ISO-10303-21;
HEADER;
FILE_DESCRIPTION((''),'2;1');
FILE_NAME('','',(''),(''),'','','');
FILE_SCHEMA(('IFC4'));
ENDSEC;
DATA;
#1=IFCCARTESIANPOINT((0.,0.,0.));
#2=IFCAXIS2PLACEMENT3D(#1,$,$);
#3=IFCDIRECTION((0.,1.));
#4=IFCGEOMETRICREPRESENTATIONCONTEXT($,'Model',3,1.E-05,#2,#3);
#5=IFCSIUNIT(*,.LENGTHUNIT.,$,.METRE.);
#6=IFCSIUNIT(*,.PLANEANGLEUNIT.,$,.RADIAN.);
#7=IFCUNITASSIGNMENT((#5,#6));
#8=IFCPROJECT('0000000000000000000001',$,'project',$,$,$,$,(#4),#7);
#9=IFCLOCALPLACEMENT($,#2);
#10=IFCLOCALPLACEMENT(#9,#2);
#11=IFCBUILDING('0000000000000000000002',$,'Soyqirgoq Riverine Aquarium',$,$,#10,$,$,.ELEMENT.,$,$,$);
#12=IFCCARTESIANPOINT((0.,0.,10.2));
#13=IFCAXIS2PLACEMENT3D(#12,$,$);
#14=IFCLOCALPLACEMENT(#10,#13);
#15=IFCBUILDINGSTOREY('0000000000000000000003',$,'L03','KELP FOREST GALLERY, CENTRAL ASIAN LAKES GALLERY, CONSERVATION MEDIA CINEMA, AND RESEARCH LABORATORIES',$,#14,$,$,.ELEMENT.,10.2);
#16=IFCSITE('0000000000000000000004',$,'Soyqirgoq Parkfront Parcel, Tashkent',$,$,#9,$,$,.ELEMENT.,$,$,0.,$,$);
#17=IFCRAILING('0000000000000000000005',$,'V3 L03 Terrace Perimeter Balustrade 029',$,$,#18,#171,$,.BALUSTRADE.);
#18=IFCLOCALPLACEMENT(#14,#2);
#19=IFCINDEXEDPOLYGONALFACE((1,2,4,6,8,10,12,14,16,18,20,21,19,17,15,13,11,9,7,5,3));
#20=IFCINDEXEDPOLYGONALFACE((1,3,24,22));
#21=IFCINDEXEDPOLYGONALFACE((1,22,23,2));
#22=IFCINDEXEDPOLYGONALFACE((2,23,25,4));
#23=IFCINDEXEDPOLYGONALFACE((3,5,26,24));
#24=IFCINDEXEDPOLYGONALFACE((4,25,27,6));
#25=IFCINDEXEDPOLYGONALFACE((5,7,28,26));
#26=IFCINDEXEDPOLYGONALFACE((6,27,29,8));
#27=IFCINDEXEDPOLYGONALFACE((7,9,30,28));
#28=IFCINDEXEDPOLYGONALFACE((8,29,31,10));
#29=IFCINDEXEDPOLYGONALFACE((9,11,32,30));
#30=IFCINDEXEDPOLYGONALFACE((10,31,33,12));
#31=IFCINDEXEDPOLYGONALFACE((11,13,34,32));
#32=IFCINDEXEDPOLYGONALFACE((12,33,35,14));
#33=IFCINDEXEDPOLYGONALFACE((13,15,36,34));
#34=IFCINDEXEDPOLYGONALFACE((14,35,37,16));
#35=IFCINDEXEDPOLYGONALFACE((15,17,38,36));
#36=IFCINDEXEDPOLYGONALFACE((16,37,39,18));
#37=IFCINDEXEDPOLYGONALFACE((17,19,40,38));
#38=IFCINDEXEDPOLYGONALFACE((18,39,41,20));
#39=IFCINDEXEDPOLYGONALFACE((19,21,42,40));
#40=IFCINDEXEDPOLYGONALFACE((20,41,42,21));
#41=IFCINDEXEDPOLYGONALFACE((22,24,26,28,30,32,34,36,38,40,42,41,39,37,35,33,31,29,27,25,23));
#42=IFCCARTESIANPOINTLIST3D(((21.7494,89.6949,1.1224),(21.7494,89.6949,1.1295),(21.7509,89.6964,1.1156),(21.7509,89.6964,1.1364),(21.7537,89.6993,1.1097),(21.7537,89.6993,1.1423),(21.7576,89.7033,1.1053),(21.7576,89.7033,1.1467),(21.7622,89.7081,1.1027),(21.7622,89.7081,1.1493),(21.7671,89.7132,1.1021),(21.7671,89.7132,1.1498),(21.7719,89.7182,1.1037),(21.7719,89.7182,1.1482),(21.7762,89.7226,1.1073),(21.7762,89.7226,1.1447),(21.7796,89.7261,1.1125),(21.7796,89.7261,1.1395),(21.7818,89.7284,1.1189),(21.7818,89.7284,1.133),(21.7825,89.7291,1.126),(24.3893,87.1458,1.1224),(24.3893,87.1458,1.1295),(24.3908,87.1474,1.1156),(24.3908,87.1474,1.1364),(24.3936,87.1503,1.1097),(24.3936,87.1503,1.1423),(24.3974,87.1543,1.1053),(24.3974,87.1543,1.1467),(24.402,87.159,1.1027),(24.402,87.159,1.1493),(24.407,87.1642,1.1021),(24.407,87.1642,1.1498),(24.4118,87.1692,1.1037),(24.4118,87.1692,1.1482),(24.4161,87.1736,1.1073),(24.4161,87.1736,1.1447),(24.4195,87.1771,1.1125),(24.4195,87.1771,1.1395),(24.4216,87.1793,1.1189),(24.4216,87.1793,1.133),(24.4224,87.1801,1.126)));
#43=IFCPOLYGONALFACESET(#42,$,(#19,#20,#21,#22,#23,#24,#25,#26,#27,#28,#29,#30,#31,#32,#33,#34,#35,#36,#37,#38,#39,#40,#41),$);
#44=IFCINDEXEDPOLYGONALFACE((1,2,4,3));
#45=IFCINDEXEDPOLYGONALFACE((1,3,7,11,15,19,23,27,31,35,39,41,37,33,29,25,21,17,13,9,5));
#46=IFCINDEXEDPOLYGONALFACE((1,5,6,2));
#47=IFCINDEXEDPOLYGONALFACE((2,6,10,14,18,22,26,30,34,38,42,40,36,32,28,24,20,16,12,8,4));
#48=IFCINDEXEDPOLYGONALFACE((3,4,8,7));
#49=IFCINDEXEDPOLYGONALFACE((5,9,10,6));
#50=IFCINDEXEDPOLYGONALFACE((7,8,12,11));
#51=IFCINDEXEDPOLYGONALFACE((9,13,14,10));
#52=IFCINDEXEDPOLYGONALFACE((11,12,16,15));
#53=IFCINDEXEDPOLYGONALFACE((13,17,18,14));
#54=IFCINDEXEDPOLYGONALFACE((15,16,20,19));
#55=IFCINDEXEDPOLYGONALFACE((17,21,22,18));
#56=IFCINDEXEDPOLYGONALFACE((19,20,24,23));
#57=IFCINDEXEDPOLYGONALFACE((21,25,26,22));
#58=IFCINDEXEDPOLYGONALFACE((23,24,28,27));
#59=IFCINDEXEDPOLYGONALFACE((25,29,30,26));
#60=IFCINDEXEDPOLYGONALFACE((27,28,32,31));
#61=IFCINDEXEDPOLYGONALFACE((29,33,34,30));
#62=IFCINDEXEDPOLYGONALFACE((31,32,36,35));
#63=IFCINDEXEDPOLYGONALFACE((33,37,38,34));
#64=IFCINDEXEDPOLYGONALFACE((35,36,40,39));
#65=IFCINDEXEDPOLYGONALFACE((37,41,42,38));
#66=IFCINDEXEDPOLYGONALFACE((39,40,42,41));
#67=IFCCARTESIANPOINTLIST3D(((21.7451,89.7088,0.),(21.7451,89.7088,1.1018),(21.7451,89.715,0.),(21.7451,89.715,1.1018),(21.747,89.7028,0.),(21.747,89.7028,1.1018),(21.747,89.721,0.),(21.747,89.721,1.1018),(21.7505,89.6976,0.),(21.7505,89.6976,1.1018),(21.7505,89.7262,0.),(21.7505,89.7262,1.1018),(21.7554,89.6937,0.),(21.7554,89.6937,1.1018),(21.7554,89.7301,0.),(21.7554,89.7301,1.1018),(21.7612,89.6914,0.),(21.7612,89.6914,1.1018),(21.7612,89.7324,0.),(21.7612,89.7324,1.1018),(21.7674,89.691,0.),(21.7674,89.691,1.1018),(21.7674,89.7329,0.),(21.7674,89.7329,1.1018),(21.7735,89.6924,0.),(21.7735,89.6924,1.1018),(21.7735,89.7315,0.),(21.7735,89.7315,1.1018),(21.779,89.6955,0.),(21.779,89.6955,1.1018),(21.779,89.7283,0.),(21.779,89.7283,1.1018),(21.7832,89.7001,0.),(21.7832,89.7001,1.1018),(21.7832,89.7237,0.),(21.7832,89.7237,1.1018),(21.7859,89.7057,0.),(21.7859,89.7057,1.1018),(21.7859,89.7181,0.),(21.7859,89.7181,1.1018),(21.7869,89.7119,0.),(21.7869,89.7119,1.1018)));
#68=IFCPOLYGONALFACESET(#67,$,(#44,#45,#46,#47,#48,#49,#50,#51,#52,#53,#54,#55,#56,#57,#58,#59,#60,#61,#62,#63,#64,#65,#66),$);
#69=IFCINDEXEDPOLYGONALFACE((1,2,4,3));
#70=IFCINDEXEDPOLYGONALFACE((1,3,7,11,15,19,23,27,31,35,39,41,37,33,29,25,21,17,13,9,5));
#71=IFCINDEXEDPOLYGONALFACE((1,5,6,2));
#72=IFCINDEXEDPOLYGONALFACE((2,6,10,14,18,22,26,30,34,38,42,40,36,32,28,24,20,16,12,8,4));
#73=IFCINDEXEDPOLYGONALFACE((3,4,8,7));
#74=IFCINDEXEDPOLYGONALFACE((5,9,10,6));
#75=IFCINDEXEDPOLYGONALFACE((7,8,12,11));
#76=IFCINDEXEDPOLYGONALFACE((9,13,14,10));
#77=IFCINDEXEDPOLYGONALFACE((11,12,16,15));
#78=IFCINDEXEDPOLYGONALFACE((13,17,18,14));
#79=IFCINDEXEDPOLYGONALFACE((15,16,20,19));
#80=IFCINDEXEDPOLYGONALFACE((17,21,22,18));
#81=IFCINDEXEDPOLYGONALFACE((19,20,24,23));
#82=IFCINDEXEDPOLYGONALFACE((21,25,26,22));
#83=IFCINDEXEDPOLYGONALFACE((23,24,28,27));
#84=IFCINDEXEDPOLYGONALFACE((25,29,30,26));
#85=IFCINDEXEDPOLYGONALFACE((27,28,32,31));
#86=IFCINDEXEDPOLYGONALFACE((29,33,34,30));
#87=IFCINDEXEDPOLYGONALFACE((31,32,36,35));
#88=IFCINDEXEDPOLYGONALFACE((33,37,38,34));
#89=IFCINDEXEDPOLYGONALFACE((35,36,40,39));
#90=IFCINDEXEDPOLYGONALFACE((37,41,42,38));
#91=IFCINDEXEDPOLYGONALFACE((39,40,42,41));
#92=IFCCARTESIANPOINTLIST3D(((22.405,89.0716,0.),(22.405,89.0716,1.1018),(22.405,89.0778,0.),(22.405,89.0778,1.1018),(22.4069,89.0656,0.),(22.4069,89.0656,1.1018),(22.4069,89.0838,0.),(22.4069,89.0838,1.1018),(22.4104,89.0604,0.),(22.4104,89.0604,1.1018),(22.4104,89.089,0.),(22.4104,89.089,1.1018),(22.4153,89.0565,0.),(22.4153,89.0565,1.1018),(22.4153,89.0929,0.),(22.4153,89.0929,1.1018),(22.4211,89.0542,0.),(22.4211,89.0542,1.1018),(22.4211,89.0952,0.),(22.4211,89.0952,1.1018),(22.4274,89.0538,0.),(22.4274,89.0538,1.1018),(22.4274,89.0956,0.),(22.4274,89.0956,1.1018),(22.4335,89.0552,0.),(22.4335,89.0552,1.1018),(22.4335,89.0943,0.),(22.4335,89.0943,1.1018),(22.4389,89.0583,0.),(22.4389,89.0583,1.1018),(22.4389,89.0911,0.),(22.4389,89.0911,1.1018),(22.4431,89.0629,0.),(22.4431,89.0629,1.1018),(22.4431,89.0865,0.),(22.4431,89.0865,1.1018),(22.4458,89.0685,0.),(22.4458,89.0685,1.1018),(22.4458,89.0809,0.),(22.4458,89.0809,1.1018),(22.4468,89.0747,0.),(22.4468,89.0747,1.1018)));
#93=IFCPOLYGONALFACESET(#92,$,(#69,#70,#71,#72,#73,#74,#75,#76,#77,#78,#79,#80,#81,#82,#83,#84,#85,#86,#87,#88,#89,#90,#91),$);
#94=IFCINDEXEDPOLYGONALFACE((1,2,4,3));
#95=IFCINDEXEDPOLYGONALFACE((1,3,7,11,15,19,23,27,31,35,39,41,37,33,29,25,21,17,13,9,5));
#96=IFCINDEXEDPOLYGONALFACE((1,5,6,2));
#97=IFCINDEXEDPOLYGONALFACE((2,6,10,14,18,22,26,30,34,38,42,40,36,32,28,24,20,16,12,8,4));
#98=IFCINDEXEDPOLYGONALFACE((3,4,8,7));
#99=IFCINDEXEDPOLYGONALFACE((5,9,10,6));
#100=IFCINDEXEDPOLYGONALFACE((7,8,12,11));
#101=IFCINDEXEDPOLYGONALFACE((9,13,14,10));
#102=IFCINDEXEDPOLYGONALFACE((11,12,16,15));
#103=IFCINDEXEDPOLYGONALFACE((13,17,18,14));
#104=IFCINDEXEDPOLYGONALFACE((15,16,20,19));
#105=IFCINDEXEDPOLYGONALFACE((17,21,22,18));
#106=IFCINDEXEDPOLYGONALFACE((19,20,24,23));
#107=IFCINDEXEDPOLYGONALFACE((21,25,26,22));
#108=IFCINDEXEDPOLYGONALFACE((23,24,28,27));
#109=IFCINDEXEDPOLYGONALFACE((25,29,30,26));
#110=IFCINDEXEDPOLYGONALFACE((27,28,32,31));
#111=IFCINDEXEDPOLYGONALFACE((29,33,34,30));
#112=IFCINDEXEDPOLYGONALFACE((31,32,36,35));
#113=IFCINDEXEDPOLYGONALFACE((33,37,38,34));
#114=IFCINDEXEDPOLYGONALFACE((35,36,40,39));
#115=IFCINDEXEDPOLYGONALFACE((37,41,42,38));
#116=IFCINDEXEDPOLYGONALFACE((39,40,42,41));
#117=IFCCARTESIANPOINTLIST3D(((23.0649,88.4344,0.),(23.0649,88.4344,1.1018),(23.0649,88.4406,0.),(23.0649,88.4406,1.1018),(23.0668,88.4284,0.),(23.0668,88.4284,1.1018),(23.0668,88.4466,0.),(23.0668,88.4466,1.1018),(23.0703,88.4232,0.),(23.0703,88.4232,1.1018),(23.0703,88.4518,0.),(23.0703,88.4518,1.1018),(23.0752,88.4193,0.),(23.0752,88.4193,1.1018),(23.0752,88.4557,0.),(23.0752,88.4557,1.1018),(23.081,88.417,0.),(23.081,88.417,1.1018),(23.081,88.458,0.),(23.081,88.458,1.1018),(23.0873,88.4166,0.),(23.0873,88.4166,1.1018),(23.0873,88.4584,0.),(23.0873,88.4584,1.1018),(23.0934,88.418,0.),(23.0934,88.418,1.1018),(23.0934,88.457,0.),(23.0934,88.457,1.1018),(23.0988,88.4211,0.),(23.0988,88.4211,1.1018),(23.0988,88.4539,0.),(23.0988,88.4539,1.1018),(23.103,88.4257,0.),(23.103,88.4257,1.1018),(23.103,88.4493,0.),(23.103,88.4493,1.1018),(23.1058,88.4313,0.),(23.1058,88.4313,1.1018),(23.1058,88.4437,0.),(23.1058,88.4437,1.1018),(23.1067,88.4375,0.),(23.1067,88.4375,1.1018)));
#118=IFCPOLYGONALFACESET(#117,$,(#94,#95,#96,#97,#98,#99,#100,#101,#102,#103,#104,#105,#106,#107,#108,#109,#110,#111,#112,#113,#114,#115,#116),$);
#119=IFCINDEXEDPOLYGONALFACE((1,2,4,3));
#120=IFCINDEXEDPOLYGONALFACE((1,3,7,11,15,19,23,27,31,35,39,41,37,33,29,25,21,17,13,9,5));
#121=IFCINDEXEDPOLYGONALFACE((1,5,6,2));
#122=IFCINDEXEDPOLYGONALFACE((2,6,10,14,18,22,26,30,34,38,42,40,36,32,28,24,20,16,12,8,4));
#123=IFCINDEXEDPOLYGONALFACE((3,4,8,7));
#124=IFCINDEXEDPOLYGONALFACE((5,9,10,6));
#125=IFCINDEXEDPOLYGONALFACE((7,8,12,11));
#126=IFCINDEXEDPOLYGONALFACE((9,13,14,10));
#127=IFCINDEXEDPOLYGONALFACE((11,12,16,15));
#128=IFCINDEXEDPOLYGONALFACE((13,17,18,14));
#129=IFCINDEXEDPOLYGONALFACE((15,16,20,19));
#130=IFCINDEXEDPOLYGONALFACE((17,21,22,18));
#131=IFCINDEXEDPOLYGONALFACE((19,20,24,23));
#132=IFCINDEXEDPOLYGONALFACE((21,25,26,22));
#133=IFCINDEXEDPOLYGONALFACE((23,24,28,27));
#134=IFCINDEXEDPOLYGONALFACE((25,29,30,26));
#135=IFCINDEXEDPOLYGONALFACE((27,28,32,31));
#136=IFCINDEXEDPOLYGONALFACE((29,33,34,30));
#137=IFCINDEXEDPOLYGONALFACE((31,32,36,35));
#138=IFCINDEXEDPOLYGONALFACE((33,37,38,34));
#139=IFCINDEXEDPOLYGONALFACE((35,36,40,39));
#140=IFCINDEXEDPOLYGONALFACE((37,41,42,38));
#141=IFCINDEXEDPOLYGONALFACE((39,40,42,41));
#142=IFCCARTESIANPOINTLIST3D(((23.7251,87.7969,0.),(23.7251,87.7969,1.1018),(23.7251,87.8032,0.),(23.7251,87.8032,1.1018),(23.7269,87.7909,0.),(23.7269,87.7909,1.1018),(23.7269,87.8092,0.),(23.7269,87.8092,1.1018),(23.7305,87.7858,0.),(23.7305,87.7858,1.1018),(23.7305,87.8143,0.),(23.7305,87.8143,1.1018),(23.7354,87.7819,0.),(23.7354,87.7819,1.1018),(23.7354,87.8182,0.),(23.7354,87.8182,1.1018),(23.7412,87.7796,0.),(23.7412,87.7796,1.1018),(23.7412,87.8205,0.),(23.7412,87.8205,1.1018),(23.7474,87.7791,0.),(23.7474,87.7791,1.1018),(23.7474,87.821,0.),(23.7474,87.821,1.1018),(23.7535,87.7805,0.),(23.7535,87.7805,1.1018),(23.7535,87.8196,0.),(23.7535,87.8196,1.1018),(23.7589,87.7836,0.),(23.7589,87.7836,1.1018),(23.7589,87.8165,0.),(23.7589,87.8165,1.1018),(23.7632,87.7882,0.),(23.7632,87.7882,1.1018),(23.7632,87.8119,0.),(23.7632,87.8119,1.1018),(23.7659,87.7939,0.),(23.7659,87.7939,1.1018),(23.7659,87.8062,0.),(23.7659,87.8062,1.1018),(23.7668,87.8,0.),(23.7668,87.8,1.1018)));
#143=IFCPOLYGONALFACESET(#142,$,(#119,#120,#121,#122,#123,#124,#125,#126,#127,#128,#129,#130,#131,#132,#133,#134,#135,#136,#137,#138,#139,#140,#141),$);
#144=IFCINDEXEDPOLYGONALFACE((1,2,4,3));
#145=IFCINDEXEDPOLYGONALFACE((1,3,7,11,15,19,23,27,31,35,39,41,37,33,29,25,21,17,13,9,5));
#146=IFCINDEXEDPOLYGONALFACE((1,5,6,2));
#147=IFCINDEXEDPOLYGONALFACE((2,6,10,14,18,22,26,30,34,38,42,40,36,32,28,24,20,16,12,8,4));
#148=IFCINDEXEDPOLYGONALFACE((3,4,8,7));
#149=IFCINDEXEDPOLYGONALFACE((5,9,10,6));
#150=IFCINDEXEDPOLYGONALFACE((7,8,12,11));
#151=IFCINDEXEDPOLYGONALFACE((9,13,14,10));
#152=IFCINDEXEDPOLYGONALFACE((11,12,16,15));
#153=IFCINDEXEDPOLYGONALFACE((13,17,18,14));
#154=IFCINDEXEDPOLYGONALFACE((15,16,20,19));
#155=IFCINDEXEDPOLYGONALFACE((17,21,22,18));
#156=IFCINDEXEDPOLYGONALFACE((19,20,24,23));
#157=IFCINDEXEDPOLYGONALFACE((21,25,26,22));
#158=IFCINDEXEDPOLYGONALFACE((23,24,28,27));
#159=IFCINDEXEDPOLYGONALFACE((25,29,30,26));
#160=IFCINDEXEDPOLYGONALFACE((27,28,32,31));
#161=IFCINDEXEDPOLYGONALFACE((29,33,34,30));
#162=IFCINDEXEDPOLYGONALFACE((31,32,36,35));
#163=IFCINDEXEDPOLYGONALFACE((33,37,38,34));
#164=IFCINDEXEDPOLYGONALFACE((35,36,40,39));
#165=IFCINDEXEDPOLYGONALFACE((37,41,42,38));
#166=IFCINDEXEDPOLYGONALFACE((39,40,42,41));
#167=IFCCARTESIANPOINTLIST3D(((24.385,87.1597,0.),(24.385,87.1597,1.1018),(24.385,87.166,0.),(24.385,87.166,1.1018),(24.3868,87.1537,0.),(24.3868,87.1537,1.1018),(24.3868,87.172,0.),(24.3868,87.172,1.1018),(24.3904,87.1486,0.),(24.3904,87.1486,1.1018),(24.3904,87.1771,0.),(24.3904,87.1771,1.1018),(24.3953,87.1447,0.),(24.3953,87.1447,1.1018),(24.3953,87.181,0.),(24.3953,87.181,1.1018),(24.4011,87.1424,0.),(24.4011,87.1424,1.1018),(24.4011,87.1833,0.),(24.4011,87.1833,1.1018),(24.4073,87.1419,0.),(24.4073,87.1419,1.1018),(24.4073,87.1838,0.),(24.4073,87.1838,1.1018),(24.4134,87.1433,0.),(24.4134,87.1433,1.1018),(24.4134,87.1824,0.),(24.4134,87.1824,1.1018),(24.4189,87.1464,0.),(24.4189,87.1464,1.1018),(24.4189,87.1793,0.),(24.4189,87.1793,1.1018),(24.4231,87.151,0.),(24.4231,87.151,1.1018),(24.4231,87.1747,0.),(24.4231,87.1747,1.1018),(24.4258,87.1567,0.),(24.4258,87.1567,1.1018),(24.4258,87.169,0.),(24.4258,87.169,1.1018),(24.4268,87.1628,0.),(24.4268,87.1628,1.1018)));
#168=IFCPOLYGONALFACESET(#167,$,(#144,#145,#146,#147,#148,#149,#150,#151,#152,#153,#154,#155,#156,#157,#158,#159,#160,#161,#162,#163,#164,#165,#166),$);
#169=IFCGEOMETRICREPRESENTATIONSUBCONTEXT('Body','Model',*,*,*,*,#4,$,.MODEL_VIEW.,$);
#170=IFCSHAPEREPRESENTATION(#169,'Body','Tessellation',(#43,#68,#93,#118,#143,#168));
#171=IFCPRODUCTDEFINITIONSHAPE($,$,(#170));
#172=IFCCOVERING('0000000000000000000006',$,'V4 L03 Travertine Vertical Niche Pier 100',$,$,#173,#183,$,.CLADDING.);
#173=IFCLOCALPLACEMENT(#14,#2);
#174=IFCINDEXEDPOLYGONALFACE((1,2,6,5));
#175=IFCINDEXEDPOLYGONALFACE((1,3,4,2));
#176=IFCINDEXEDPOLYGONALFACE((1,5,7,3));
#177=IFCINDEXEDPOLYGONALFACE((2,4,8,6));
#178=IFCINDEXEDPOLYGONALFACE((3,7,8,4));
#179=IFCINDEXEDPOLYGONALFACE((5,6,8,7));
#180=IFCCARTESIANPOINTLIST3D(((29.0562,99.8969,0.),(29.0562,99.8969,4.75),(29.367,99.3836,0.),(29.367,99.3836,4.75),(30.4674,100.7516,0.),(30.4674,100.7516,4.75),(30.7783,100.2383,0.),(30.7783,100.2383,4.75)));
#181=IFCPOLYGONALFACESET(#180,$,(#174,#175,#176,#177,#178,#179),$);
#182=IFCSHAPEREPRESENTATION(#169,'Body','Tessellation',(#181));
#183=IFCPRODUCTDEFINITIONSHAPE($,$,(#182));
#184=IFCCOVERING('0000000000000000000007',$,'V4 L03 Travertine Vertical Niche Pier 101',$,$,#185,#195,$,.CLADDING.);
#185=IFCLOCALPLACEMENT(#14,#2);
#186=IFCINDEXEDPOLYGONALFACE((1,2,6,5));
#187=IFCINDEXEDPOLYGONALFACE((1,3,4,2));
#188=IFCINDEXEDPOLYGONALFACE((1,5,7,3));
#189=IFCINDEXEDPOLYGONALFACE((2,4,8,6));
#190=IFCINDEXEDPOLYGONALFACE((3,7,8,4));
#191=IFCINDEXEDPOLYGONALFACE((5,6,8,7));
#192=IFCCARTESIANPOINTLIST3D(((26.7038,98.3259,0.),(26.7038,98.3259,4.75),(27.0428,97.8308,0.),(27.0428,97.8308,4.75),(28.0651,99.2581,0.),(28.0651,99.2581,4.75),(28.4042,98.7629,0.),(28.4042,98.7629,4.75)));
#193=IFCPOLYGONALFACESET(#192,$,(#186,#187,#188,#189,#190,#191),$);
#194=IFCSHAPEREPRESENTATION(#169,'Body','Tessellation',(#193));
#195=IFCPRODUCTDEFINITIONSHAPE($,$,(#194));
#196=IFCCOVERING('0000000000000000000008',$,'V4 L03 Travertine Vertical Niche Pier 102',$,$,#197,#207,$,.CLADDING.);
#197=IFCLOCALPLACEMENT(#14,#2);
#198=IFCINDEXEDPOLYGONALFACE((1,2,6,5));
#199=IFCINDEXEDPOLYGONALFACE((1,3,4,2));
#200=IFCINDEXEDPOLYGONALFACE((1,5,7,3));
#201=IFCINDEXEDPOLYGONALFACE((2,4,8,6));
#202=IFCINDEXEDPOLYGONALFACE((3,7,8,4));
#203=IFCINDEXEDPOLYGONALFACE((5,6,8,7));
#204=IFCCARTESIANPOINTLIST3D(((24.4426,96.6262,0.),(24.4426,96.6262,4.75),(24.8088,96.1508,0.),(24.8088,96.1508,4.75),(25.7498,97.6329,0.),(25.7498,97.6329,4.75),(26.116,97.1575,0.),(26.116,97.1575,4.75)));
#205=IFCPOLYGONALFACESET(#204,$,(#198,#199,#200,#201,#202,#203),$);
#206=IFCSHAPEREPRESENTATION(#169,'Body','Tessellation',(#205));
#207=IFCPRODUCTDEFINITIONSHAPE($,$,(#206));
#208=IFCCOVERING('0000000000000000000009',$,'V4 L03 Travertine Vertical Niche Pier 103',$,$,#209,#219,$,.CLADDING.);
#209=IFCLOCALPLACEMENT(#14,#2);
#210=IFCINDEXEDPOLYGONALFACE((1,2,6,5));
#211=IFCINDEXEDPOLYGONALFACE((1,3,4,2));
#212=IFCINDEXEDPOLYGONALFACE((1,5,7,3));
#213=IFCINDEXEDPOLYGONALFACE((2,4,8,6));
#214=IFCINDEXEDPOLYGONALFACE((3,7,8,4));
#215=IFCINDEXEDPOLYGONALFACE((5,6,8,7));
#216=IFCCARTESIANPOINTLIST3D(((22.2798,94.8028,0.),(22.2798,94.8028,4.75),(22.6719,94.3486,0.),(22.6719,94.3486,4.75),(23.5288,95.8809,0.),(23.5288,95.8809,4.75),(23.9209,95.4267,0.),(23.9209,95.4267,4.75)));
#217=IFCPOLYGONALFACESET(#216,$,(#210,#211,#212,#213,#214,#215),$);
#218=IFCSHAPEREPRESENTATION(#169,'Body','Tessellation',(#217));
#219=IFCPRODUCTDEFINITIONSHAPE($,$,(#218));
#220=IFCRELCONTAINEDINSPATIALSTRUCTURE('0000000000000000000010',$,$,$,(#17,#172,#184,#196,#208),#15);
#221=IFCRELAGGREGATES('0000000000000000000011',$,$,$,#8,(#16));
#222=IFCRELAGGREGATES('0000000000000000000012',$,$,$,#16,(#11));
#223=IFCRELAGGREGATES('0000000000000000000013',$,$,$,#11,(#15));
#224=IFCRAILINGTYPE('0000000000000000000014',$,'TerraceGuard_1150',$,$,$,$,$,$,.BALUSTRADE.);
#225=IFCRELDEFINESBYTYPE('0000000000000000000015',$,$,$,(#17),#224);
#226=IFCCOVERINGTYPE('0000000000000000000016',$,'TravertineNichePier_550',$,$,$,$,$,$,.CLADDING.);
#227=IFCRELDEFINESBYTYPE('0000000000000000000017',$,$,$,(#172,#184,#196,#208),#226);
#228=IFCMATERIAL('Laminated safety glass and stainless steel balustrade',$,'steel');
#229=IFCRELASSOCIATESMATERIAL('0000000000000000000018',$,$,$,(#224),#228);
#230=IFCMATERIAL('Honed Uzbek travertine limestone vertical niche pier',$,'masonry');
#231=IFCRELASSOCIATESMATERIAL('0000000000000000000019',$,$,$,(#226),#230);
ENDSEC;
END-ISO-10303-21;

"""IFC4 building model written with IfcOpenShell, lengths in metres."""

from ifc_helpers import new_model, si_unit, direction, frame, origin, origin_2d, place, context, subcontext, project, spatial, rectangle, circle, extrude, material, type_object, element, save


model = new_model("IFC4")

# Units and contexts
model_context = context("Model", 3, precision=1e-05, world=origin(), true_north=direction((0.0, 1.0)))
body_context = subcontext(model_context, "Body", "Model", "MODEL_VIEW")
ifc_project = project(units=[si_unit("LENGTHUNIT", "METRE"), si_unit("PLANEANGLEUNIT", "RADIAN")], contexts=[model_context])

# Site, building, storey
site_placement = place(None, origin())
site = spatial("IfcSite", under=ifc_project, at=site_placement, Name="Soyqirgoq Parkfront Parcel, Tashkent", CompositionType="ELEMENT", RefElevation=0.0)
building_placement = place(site_placement, origin())
building = spatial("IfcBuilding", under=site, at=building_placement, Name="Soyqirgoq Riverine Aquarium", CompositionType="ELEMENT")
storey_placement = place(building_placement, frame((0.0, 0.0, 10.2)))
storey = spatial("IfcBuildingStorey", under=building, at=storey_placement, Name="L03", Description="KELP FOREST GALLERY, CENTRAL ASIAN LAKES GALLERY, CONSERVATION MEDIA CINEMA, AND RESEARCH LABORATORIES", CompositionType="ELEMENT", Elevation=10.2)

# Railing
ifc_material_1 = material(Name="Laminated safety glass and stainless steel balustrade", Category="steel")
railing_type = type_object("IfcRailingType", Name="TerraceGuard_1150", PredefinedType="BALUSTRADE", material=ifc_material_1)
railing_placement = place(storey_placement, frame((21.7659, 89.7119, 0.0)))
element("IfcRailing", 1, at=railing_placement, inside=storey, type_object=railing_type, Name="V3 L03 Terrace Perimeter Balustrade 029", PredefinedType="BALUSTRADE", context=body_context, shape_type="SweptSolid", body=[
    extrude(circle(Radius=0.0239, at=origin_2d()), frame((0.0, 0.0, 1.126), z_axis=(0.719373, -0.694624, 0.0), x_axis=(0.694624, 0.719373, 0.0)), (0.0, 0.0, 1.0), 3.6697),
    extrude(circle(Radius=0.021, at=origin_2d()), origin(), (0.0, 0.0, 1.0), 1.1018),
    extrude(circle(Radius=0.021, at=origin_2d()), frame((0.6599, -0.6372, 0.0)), (0.0, 0.0, 1.0), 1.1018),
    extrude(circle(Radius=0.021, at=origin_2d()), frame((1.3198, -1.2744, 0.0)), (0.0, 0.0, 1.0), 1.1018),
    extrude(circle(Radius=0.021, at=origin_2d()), frame((1.98, -1.9119, 0.0)), (0.0, 0.0, 1.0), 1.1018),
    extrude(circle(Radius=0.021, at=origin_2d()), frame((2.6399, -2.5491, 0.0)), (0.0, 0.0, 1.0), 1.1018),
])

# Coverings
ifc_material_2 = material(Name="Honed Uzbek travertine limestone vertical niche pier", Category="masonry")
covering_type_1 = type_object("IfcCoveringType", Name="TravertineNichePier_550", PredefinedType="CLADDING", material=ifc_material_2)
for number, where, z_axis, x_axis, name in (
    (2, (29.9172, 100.0676, 0.0), (0.0, 0.0, 1.0), (-0.518027, 0.855364, 0.0), "V4 L03 Travertine Vertical Niche Pier 100"),
    (3, (27.554, 98.5444, 0.0), (0.0, 0.0, 1.0), (-0.564967, 0.825113, 0.0), "V4 L03 Travertine Vertical Niche Pier 101"),
    (4, (25.2793, 96.8918, 0.0), (0.0, 0.0, 1.0), (-0.610145, 0.79229, 0.0), "V4 L03 Travertine Vertical Niche Pier 102"),
    (5, (23.1003, 95.1147, 0.0), (0.0, 0.0, 1.0), (-0.653421, 0.756995, 0.0), "V4 L03 Travertine Vertical Niche Pier 103"),
):
    element("IfcCovering", number, at=place(storey_placement, frame(where, z_axis=z_axis, x_axis=x_axis)), inside=storey, type_object=covering_type_1, Name=name, PredefinedType="CLADDING", context=body_context, shape_type="SweptSolid", body=[
        extrude(rectangle(XDim=0.6001, YDim=1.6499, at=origin_2d()), origin(), (0.0, 0.0, 1.0), 4.75),
    ])

save(model, "model.ifc")
